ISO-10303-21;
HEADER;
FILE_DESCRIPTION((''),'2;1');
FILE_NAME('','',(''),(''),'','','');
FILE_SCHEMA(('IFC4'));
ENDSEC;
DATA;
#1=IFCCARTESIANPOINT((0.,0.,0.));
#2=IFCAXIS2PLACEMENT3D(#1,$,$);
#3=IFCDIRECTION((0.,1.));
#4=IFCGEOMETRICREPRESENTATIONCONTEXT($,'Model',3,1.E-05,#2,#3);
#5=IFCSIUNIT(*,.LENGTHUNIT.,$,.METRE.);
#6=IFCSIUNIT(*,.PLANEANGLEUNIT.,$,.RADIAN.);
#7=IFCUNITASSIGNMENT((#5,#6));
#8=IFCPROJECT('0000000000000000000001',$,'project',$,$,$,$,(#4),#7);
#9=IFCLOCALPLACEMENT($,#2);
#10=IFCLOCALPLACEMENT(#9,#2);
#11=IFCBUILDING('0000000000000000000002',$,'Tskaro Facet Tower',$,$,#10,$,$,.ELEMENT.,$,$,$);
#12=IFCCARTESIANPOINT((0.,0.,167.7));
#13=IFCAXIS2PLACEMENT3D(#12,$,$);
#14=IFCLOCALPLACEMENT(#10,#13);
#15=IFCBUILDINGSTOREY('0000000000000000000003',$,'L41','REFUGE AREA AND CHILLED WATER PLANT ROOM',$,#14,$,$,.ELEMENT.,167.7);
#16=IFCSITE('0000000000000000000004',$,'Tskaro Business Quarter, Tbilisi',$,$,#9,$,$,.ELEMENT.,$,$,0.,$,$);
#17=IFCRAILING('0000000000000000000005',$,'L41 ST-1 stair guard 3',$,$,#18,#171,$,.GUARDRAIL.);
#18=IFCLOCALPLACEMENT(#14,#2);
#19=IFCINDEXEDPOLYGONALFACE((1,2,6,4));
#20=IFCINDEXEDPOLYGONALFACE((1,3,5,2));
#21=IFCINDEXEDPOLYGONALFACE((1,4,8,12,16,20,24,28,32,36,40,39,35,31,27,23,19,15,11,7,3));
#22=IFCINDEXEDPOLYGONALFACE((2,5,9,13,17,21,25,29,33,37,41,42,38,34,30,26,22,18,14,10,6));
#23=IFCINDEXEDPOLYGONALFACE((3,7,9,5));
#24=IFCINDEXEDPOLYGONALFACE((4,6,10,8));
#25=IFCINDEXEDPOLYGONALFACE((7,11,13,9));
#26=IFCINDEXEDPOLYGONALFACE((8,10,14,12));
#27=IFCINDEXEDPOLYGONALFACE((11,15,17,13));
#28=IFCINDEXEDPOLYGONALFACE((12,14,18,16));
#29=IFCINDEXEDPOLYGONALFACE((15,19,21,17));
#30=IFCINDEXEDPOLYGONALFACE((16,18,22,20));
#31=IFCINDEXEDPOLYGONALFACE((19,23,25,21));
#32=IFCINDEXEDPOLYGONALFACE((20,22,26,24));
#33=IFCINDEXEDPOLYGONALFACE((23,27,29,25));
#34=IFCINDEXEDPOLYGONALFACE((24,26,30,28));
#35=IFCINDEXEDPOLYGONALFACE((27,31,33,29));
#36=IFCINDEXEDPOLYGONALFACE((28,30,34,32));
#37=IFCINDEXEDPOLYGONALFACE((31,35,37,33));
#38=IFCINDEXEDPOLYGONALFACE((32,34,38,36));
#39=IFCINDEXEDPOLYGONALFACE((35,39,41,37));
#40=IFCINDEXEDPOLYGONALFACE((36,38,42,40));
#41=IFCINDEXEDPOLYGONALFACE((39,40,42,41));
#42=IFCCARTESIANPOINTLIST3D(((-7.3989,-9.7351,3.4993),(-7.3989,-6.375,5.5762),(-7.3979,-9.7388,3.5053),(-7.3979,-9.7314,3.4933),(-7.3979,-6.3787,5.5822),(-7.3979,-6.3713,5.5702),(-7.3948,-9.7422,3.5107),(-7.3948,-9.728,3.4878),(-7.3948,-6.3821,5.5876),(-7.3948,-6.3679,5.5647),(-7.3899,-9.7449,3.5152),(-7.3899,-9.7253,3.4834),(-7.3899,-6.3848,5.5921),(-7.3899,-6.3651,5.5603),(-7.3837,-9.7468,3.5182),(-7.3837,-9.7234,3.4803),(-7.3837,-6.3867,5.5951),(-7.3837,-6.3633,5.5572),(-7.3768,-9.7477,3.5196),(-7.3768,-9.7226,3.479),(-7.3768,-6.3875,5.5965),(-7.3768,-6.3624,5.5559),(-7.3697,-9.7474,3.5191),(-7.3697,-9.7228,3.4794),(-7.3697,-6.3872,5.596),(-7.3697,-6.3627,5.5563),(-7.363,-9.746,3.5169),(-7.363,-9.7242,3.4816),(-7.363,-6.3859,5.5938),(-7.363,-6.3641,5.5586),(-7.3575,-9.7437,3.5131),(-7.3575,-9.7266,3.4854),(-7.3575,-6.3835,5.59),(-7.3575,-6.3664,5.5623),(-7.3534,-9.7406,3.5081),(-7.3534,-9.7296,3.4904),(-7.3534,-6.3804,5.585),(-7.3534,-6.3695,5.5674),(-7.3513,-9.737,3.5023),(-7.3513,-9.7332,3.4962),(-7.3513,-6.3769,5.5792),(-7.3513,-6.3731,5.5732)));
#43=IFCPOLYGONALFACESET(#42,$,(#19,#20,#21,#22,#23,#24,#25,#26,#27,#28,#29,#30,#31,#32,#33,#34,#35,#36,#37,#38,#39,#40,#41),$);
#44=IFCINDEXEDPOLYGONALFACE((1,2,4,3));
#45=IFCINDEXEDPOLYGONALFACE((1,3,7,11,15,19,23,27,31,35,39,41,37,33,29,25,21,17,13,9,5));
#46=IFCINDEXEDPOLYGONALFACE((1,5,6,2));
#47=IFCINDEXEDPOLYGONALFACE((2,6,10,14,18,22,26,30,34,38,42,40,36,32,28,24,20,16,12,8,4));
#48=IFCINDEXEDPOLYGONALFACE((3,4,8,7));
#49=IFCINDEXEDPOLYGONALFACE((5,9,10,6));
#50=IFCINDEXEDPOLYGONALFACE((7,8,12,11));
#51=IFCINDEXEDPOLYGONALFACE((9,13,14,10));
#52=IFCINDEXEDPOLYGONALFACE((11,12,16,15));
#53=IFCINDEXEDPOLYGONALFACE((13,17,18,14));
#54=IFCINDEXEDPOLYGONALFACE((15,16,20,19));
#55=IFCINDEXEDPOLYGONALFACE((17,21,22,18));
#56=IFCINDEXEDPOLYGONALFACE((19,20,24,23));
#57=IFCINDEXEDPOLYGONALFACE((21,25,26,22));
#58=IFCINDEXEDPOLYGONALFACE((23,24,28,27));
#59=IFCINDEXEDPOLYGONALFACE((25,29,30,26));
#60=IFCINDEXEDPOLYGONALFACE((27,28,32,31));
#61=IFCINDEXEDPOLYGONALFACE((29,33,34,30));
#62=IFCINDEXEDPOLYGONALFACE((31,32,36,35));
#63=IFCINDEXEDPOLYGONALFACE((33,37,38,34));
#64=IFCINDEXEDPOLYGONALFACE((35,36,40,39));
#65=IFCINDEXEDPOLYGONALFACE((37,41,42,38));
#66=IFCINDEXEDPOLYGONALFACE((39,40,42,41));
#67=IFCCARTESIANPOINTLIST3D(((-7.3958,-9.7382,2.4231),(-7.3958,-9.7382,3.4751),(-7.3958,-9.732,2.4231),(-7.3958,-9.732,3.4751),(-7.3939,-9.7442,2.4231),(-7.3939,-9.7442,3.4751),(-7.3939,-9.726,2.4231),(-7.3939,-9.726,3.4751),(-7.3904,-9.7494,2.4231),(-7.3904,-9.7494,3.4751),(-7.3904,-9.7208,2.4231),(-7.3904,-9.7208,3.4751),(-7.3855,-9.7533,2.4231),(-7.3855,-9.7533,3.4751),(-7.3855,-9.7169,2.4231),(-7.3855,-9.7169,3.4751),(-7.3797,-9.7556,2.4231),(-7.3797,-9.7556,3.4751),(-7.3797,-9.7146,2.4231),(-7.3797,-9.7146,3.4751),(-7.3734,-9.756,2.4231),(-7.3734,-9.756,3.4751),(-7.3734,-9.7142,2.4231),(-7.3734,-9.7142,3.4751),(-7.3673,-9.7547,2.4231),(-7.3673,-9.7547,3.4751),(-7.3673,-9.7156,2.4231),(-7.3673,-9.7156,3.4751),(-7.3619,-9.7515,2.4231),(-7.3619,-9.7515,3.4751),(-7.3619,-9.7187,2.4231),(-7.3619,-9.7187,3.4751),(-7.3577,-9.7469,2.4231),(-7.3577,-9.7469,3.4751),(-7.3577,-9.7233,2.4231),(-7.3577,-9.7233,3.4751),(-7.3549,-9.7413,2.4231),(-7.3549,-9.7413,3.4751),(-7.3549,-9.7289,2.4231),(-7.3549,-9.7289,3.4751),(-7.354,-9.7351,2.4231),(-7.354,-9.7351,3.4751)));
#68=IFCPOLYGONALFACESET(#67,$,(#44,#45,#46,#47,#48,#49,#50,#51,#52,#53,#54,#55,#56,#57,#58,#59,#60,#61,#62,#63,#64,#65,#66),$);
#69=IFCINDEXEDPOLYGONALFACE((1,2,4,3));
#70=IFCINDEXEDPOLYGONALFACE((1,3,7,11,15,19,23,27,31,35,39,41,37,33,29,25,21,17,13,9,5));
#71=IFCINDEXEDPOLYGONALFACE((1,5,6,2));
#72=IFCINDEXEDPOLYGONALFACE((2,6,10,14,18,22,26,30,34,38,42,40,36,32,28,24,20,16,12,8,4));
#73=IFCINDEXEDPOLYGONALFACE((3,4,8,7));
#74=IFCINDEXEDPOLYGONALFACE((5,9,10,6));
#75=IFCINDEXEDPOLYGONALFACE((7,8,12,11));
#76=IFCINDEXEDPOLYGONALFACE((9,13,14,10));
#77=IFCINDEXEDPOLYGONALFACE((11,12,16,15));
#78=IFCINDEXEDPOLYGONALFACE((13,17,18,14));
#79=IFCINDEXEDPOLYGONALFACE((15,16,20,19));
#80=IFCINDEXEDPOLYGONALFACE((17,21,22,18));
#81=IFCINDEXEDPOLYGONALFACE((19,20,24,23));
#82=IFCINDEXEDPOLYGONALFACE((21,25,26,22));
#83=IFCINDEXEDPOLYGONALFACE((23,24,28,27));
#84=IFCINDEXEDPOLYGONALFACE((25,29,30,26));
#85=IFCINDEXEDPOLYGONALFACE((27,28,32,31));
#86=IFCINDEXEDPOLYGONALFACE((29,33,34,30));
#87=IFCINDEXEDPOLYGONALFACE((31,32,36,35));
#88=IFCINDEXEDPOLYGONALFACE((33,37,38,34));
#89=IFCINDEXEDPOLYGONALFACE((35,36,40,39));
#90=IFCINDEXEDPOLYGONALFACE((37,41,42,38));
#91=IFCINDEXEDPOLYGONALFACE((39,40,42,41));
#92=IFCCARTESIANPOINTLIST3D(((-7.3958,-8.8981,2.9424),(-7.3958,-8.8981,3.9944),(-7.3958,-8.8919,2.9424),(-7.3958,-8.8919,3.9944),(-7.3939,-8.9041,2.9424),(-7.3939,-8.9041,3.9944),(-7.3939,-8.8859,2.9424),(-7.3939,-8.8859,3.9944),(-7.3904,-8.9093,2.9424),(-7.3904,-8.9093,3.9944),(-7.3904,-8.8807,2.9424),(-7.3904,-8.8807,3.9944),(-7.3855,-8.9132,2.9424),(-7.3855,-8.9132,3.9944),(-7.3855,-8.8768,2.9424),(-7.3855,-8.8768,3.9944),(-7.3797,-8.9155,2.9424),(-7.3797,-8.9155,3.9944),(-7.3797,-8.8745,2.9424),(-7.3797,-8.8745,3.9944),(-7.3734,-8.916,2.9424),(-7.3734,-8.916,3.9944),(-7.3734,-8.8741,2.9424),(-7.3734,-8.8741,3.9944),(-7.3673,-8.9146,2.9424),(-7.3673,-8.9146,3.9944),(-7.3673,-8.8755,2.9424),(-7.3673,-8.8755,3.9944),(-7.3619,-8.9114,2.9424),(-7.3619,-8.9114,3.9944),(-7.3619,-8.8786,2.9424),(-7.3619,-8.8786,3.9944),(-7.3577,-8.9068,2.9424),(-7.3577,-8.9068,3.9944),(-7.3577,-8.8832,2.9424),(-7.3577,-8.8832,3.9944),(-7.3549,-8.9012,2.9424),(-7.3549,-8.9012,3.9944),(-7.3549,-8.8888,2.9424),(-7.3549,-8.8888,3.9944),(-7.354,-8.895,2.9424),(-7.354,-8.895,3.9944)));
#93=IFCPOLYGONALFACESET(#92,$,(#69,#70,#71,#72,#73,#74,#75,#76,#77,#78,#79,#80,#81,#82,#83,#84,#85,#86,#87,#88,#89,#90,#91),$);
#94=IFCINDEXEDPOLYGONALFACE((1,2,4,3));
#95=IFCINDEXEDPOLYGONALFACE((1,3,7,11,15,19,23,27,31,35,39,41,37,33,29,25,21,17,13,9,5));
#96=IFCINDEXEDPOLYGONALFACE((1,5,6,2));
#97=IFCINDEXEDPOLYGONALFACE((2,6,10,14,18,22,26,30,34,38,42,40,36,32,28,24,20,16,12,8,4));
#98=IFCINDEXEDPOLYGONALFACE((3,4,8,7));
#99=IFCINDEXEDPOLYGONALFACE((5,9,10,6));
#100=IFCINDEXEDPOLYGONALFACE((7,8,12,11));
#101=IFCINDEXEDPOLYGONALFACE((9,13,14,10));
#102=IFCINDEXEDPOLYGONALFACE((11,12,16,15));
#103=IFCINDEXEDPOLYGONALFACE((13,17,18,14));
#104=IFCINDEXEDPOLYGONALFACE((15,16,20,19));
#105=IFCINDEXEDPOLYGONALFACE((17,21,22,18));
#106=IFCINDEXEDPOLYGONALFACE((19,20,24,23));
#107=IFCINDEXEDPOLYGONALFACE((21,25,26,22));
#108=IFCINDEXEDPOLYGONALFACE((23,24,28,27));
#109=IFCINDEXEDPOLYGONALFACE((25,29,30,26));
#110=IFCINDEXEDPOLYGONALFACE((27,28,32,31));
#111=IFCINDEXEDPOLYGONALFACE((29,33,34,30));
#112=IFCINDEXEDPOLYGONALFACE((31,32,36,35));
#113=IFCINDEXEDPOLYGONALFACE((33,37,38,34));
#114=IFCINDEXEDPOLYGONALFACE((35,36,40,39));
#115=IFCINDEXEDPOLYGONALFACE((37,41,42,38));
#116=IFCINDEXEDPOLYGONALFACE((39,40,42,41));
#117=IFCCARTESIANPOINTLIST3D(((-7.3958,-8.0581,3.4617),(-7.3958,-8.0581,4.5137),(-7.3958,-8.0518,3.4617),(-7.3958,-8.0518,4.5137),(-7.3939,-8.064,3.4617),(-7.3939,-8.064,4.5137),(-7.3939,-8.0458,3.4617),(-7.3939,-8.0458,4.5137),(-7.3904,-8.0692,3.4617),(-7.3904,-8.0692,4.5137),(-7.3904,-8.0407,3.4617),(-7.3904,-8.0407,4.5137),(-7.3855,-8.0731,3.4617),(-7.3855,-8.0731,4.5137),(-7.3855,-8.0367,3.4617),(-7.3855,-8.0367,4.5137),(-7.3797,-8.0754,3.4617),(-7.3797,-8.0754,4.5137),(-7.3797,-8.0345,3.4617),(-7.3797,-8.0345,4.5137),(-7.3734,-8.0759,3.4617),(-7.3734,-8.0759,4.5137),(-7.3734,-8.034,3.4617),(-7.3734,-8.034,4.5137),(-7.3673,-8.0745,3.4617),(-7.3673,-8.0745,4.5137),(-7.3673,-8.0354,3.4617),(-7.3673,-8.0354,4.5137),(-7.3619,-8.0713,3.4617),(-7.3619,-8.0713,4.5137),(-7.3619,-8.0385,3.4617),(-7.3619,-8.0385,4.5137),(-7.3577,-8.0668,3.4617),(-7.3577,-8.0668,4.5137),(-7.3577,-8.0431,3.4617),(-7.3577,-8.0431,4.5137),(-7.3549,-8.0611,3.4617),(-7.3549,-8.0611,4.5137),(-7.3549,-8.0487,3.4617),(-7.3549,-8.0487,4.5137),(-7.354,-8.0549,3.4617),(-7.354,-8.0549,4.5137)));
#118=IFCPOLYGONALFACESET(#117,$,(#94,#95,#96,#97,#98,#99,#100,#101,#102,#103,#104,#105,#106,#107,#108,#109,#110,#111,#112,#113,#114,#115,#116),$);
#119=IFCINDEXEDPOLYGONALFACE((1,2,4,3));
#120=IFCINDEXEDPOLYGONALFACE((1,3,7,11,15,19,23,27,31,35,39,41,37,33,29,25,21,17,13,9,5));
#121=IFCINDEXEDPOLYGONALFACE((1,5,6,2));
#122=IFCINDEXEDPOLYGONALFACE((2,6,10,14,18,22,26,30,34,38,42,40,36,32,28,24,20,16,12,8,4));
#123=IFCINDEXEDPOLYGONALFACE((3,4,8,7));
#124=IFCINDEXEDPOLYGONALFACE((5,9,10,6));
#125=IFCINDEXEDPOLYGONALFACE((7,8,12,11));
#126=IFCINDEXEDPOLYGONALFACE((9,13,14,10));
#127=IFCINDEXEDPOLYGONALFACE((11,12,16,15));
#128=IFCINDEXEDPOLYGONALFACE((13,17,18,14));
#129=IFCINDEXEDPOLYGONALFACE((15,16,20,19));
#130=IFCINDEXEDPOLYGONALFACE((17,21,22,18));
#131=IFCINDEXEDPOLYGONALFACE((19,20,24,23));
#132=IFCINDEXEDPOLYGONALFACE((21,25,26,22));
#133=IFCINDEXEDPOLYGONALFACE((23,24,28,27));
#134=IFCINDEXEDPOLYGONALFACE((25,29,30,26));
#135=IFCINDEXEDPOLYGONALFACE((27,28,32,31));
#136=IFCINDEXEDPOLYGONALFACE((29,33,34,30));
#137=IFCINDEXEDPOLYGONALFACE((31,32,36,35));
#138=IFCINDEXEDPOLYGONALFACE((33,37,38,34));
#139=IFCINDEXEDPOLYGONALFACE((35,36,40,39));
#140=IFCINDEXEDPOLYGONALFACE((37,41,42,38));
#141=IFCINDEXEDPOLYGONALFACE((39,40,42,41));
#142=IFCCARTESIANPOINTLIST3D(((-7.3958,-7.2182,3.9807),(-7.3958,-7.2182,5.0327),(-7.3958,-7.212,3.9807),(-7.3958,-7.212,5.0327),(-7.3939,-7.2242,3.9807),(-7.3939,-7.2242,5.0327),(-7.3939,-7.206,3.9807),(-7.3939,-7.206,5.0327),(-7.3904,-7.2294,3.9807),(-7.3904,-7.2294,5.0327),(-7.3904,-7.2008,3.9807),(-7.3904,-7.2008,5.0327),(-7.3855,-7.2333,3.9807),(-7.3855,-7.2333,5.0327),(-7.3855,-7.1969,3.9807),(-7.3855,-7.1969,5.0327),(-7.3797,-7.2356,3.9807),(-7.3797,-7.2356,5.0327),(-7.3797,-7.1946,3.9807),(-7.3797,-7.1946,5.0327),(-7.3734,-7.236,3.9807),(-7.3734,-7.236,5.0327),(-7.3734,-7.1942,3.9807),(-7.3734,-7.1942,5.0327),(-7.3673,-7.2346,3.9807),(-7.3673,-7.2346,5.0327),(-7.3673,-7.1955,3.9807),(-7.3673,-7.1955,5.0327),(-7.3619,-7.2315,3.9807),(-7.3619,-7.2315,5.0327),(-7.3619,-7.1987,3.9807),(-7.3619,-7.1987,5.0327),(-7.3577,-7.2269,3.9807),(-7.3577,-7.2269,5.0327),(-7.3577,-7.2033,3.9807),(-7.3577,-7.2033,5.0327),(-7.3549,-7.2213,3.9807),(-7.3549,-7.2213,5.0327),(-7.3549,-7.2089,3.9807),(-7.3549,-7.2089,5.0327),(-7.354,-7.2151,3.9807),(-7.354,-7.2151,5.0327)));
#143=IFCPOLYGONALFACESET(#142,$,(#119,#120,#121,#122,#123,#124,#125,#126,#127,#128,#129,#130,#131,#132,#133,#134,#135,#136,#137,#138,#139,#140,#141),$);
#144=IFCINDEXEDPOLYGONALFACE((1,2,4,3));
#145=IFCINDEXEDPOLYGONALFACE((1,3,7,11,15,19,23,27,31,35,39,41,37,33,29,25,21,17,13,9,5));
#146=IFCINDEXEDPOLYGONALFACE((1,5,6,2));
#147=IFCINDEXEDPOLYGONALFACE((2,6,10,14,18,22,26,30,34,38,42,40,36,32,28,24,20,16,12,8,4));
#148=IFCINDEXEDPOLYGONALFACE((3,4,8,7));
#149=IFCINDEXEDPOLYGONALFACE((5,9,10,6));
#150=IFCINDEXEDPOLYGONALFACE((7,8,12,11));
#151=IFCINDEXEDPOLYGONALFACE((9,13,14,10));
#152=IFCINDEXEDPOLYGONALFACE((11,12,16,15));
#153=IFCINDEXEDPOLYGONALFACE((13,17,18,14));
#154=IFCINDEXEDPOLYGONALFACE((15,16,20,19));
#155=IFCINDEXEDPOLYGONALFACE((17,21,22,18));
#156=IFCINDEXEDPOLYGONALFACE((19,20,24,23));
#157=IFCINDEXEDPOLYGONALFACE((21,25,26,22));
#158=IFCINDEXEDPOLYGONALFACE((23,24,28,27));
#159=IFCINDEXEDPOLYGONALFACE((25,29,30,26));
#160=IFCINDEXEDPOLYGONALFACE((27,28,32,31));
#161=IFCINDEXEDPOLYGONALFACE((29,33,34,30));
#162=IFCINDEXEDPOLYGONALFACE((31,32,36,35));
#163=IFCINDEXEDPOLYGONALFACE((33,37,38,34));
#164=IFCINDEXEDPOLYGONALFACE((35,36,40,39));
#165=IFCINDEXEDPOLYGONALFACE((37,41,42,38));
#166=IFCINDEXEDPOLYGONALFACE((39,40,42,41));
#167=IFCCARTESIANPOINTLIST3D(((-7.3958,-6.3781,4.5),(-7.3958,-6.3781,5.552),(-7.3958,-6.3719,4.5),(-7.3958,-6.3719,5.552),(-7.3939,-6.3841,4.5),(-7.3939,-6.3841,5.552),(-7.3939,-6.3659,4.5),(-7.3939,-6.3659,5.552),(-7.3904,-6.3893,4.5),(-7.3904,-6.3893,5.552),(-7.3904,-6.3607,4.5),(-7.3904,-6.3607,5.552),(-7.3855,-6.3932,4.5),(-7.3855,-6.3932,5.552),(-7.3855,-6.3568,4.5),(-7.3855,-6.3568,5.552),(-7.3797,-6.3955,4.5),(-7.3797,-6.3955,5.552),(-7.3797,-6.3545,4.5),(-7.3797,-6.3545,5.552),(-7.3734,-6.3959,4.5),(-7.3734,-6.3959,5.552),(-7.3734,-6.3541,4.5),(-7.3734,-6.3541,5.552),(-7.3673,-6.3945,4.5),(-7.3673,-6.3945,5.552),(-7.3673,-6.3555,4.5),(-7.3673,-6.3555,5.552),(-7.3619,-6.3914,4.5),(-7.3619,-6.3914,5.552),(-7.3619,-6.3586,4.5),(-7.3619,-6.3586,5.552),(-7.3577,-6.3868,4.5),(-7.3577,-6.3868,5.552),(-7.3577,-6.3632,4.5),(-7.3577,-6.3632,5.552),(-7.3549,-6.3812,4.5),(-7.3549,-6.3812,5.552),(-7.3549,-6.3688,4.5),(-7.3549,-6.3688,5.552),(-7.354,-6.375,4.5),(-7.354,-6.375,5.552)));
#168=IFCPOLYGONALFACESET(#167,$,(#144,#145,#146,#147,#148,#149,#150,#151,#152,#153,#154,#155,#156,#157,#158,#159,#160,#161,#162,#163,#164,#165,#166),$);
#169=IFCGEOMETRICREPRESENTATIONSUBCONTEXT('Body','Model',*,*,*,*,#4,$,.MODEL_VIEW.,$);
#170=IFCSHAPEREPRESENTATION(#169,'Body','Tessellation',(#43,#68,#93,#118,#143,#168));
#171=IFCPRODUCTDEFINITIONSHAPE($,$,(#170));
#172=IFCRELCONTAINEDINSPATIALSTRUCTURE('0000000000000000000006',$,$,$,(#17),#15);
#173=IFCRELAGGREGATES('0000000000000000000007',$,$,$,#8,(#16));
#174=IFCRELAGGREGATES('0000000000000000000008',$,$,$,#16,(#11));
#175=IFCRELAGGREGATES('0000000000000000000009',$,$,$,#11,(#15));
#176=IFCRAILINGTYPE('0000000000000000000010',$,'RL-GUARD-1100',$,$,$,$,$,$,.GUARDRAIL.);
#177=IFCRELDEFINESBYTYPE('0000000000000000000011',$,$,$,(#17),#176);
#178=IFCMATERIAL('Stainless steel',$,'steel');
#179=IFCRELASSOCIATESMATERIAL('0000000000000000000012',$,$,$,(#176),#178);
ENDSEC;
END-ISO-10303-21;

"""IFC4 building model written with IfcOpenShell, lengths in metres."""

from ifc_helpers import new_model, si_unit, direction, frame, origin, origin_2d, place, context, subcontext, project, spatial, circle, extrude, material, type_object, element, save


model = new_model("IFC4")

# Units and contexts
model_context = context("Model", 3, precision=1e-05, world=origin(), true_north=direction((0.0, 1.0)))
body_context = subcontext(model_context, "Body", "Model", "MODEL_VIEW")
ifc_project = project(units=[si_unit("LENGTHUNIT", "METRE"), si_unit("PLANEANGLEUNIT", "RADIAN")], contexts=[model_context])

# Site, building, storey
site_placement = place(None, origin())
site = spatial("IfcSite", under=ifc_project, at=site_placement, Name="Tskaro Business Quarter, Tbilisi", CompositionType="ELEMENT", RefElevation=0.0)
building_placement = place(site_placement, origin())
building = spatial("IfcBuilding", under=site, at=building_placement, Name="Tskaro Facet Tower", CompositionType="ELEMENT")
storey_placement = place(building_placement, frame((0.0, 0.0, 167.7)))
storey = spatial("IfcBuildingStorey", under=building, at=storey_placement, Name="L41", Description="REFUGE AREA AND CHILLED WATER PLANT ROOM", CompositionType="ELEMENT", Elevation=167.7)

# Shared definitions
ifc_material_1 = material(Name="Stainless steel", Category="steel")

# Railing
railing_type_1 = type_object("IfcRailingType", Name="RL-GUARD-1100", PredefinedType="GUARDRAIL", material=ifc_material_1)
railing_1_placement = place(storey_placement, frame((-7.375, -9.7351, 2.4231)))
element("IfcRailing", 1, at=railing_1_placement, inside=storey, type_object=railing_type_1, Name="L41 ST-1 stair guard 3", PredefinedType="GUARDRAIL", context=body_context, shape_type="SweptSolid", body=[
    extrude(circle(Radius=0.0239, at=origin_2d()), frame((0.0, 0.0, 1.0762), z_axis=(0.0, 0.850623, 0.525776), x_axis=(-1.0, 0.0, 0.0)), (0.0, 0.0, 1.0), 3.9502),
    extrude(circle(Radius=0.021, at=origin_2d()), origin(), (0.0, 0.0, 1.0), 1.052),
    extrude(circle(Radius=0.021, at=origin_2d()), frame((0.0, 0.8401, 0.5193)), (0.0, 0.0, 1.0), 1.052),
    extrude(circle(Radius=0.021, at=origin_2d()), frame((0.0, 1.6802, 1.0386)), (0.0, 0.0, 1.0), 1.052),
    extrude(circle(Radius=0.021, at=origin_2d()), frame((0.0, 2.52, 1.5576)), (0.0, 0.0, 1.0), 1.052),
    extrude(circle(Radius=0.021, at=origin_2d()), frame((0.0, 3.3601, 2.0769)), (0.0, 0.0, 1.0), 1.052),
])

save(model, "model.ifc")
